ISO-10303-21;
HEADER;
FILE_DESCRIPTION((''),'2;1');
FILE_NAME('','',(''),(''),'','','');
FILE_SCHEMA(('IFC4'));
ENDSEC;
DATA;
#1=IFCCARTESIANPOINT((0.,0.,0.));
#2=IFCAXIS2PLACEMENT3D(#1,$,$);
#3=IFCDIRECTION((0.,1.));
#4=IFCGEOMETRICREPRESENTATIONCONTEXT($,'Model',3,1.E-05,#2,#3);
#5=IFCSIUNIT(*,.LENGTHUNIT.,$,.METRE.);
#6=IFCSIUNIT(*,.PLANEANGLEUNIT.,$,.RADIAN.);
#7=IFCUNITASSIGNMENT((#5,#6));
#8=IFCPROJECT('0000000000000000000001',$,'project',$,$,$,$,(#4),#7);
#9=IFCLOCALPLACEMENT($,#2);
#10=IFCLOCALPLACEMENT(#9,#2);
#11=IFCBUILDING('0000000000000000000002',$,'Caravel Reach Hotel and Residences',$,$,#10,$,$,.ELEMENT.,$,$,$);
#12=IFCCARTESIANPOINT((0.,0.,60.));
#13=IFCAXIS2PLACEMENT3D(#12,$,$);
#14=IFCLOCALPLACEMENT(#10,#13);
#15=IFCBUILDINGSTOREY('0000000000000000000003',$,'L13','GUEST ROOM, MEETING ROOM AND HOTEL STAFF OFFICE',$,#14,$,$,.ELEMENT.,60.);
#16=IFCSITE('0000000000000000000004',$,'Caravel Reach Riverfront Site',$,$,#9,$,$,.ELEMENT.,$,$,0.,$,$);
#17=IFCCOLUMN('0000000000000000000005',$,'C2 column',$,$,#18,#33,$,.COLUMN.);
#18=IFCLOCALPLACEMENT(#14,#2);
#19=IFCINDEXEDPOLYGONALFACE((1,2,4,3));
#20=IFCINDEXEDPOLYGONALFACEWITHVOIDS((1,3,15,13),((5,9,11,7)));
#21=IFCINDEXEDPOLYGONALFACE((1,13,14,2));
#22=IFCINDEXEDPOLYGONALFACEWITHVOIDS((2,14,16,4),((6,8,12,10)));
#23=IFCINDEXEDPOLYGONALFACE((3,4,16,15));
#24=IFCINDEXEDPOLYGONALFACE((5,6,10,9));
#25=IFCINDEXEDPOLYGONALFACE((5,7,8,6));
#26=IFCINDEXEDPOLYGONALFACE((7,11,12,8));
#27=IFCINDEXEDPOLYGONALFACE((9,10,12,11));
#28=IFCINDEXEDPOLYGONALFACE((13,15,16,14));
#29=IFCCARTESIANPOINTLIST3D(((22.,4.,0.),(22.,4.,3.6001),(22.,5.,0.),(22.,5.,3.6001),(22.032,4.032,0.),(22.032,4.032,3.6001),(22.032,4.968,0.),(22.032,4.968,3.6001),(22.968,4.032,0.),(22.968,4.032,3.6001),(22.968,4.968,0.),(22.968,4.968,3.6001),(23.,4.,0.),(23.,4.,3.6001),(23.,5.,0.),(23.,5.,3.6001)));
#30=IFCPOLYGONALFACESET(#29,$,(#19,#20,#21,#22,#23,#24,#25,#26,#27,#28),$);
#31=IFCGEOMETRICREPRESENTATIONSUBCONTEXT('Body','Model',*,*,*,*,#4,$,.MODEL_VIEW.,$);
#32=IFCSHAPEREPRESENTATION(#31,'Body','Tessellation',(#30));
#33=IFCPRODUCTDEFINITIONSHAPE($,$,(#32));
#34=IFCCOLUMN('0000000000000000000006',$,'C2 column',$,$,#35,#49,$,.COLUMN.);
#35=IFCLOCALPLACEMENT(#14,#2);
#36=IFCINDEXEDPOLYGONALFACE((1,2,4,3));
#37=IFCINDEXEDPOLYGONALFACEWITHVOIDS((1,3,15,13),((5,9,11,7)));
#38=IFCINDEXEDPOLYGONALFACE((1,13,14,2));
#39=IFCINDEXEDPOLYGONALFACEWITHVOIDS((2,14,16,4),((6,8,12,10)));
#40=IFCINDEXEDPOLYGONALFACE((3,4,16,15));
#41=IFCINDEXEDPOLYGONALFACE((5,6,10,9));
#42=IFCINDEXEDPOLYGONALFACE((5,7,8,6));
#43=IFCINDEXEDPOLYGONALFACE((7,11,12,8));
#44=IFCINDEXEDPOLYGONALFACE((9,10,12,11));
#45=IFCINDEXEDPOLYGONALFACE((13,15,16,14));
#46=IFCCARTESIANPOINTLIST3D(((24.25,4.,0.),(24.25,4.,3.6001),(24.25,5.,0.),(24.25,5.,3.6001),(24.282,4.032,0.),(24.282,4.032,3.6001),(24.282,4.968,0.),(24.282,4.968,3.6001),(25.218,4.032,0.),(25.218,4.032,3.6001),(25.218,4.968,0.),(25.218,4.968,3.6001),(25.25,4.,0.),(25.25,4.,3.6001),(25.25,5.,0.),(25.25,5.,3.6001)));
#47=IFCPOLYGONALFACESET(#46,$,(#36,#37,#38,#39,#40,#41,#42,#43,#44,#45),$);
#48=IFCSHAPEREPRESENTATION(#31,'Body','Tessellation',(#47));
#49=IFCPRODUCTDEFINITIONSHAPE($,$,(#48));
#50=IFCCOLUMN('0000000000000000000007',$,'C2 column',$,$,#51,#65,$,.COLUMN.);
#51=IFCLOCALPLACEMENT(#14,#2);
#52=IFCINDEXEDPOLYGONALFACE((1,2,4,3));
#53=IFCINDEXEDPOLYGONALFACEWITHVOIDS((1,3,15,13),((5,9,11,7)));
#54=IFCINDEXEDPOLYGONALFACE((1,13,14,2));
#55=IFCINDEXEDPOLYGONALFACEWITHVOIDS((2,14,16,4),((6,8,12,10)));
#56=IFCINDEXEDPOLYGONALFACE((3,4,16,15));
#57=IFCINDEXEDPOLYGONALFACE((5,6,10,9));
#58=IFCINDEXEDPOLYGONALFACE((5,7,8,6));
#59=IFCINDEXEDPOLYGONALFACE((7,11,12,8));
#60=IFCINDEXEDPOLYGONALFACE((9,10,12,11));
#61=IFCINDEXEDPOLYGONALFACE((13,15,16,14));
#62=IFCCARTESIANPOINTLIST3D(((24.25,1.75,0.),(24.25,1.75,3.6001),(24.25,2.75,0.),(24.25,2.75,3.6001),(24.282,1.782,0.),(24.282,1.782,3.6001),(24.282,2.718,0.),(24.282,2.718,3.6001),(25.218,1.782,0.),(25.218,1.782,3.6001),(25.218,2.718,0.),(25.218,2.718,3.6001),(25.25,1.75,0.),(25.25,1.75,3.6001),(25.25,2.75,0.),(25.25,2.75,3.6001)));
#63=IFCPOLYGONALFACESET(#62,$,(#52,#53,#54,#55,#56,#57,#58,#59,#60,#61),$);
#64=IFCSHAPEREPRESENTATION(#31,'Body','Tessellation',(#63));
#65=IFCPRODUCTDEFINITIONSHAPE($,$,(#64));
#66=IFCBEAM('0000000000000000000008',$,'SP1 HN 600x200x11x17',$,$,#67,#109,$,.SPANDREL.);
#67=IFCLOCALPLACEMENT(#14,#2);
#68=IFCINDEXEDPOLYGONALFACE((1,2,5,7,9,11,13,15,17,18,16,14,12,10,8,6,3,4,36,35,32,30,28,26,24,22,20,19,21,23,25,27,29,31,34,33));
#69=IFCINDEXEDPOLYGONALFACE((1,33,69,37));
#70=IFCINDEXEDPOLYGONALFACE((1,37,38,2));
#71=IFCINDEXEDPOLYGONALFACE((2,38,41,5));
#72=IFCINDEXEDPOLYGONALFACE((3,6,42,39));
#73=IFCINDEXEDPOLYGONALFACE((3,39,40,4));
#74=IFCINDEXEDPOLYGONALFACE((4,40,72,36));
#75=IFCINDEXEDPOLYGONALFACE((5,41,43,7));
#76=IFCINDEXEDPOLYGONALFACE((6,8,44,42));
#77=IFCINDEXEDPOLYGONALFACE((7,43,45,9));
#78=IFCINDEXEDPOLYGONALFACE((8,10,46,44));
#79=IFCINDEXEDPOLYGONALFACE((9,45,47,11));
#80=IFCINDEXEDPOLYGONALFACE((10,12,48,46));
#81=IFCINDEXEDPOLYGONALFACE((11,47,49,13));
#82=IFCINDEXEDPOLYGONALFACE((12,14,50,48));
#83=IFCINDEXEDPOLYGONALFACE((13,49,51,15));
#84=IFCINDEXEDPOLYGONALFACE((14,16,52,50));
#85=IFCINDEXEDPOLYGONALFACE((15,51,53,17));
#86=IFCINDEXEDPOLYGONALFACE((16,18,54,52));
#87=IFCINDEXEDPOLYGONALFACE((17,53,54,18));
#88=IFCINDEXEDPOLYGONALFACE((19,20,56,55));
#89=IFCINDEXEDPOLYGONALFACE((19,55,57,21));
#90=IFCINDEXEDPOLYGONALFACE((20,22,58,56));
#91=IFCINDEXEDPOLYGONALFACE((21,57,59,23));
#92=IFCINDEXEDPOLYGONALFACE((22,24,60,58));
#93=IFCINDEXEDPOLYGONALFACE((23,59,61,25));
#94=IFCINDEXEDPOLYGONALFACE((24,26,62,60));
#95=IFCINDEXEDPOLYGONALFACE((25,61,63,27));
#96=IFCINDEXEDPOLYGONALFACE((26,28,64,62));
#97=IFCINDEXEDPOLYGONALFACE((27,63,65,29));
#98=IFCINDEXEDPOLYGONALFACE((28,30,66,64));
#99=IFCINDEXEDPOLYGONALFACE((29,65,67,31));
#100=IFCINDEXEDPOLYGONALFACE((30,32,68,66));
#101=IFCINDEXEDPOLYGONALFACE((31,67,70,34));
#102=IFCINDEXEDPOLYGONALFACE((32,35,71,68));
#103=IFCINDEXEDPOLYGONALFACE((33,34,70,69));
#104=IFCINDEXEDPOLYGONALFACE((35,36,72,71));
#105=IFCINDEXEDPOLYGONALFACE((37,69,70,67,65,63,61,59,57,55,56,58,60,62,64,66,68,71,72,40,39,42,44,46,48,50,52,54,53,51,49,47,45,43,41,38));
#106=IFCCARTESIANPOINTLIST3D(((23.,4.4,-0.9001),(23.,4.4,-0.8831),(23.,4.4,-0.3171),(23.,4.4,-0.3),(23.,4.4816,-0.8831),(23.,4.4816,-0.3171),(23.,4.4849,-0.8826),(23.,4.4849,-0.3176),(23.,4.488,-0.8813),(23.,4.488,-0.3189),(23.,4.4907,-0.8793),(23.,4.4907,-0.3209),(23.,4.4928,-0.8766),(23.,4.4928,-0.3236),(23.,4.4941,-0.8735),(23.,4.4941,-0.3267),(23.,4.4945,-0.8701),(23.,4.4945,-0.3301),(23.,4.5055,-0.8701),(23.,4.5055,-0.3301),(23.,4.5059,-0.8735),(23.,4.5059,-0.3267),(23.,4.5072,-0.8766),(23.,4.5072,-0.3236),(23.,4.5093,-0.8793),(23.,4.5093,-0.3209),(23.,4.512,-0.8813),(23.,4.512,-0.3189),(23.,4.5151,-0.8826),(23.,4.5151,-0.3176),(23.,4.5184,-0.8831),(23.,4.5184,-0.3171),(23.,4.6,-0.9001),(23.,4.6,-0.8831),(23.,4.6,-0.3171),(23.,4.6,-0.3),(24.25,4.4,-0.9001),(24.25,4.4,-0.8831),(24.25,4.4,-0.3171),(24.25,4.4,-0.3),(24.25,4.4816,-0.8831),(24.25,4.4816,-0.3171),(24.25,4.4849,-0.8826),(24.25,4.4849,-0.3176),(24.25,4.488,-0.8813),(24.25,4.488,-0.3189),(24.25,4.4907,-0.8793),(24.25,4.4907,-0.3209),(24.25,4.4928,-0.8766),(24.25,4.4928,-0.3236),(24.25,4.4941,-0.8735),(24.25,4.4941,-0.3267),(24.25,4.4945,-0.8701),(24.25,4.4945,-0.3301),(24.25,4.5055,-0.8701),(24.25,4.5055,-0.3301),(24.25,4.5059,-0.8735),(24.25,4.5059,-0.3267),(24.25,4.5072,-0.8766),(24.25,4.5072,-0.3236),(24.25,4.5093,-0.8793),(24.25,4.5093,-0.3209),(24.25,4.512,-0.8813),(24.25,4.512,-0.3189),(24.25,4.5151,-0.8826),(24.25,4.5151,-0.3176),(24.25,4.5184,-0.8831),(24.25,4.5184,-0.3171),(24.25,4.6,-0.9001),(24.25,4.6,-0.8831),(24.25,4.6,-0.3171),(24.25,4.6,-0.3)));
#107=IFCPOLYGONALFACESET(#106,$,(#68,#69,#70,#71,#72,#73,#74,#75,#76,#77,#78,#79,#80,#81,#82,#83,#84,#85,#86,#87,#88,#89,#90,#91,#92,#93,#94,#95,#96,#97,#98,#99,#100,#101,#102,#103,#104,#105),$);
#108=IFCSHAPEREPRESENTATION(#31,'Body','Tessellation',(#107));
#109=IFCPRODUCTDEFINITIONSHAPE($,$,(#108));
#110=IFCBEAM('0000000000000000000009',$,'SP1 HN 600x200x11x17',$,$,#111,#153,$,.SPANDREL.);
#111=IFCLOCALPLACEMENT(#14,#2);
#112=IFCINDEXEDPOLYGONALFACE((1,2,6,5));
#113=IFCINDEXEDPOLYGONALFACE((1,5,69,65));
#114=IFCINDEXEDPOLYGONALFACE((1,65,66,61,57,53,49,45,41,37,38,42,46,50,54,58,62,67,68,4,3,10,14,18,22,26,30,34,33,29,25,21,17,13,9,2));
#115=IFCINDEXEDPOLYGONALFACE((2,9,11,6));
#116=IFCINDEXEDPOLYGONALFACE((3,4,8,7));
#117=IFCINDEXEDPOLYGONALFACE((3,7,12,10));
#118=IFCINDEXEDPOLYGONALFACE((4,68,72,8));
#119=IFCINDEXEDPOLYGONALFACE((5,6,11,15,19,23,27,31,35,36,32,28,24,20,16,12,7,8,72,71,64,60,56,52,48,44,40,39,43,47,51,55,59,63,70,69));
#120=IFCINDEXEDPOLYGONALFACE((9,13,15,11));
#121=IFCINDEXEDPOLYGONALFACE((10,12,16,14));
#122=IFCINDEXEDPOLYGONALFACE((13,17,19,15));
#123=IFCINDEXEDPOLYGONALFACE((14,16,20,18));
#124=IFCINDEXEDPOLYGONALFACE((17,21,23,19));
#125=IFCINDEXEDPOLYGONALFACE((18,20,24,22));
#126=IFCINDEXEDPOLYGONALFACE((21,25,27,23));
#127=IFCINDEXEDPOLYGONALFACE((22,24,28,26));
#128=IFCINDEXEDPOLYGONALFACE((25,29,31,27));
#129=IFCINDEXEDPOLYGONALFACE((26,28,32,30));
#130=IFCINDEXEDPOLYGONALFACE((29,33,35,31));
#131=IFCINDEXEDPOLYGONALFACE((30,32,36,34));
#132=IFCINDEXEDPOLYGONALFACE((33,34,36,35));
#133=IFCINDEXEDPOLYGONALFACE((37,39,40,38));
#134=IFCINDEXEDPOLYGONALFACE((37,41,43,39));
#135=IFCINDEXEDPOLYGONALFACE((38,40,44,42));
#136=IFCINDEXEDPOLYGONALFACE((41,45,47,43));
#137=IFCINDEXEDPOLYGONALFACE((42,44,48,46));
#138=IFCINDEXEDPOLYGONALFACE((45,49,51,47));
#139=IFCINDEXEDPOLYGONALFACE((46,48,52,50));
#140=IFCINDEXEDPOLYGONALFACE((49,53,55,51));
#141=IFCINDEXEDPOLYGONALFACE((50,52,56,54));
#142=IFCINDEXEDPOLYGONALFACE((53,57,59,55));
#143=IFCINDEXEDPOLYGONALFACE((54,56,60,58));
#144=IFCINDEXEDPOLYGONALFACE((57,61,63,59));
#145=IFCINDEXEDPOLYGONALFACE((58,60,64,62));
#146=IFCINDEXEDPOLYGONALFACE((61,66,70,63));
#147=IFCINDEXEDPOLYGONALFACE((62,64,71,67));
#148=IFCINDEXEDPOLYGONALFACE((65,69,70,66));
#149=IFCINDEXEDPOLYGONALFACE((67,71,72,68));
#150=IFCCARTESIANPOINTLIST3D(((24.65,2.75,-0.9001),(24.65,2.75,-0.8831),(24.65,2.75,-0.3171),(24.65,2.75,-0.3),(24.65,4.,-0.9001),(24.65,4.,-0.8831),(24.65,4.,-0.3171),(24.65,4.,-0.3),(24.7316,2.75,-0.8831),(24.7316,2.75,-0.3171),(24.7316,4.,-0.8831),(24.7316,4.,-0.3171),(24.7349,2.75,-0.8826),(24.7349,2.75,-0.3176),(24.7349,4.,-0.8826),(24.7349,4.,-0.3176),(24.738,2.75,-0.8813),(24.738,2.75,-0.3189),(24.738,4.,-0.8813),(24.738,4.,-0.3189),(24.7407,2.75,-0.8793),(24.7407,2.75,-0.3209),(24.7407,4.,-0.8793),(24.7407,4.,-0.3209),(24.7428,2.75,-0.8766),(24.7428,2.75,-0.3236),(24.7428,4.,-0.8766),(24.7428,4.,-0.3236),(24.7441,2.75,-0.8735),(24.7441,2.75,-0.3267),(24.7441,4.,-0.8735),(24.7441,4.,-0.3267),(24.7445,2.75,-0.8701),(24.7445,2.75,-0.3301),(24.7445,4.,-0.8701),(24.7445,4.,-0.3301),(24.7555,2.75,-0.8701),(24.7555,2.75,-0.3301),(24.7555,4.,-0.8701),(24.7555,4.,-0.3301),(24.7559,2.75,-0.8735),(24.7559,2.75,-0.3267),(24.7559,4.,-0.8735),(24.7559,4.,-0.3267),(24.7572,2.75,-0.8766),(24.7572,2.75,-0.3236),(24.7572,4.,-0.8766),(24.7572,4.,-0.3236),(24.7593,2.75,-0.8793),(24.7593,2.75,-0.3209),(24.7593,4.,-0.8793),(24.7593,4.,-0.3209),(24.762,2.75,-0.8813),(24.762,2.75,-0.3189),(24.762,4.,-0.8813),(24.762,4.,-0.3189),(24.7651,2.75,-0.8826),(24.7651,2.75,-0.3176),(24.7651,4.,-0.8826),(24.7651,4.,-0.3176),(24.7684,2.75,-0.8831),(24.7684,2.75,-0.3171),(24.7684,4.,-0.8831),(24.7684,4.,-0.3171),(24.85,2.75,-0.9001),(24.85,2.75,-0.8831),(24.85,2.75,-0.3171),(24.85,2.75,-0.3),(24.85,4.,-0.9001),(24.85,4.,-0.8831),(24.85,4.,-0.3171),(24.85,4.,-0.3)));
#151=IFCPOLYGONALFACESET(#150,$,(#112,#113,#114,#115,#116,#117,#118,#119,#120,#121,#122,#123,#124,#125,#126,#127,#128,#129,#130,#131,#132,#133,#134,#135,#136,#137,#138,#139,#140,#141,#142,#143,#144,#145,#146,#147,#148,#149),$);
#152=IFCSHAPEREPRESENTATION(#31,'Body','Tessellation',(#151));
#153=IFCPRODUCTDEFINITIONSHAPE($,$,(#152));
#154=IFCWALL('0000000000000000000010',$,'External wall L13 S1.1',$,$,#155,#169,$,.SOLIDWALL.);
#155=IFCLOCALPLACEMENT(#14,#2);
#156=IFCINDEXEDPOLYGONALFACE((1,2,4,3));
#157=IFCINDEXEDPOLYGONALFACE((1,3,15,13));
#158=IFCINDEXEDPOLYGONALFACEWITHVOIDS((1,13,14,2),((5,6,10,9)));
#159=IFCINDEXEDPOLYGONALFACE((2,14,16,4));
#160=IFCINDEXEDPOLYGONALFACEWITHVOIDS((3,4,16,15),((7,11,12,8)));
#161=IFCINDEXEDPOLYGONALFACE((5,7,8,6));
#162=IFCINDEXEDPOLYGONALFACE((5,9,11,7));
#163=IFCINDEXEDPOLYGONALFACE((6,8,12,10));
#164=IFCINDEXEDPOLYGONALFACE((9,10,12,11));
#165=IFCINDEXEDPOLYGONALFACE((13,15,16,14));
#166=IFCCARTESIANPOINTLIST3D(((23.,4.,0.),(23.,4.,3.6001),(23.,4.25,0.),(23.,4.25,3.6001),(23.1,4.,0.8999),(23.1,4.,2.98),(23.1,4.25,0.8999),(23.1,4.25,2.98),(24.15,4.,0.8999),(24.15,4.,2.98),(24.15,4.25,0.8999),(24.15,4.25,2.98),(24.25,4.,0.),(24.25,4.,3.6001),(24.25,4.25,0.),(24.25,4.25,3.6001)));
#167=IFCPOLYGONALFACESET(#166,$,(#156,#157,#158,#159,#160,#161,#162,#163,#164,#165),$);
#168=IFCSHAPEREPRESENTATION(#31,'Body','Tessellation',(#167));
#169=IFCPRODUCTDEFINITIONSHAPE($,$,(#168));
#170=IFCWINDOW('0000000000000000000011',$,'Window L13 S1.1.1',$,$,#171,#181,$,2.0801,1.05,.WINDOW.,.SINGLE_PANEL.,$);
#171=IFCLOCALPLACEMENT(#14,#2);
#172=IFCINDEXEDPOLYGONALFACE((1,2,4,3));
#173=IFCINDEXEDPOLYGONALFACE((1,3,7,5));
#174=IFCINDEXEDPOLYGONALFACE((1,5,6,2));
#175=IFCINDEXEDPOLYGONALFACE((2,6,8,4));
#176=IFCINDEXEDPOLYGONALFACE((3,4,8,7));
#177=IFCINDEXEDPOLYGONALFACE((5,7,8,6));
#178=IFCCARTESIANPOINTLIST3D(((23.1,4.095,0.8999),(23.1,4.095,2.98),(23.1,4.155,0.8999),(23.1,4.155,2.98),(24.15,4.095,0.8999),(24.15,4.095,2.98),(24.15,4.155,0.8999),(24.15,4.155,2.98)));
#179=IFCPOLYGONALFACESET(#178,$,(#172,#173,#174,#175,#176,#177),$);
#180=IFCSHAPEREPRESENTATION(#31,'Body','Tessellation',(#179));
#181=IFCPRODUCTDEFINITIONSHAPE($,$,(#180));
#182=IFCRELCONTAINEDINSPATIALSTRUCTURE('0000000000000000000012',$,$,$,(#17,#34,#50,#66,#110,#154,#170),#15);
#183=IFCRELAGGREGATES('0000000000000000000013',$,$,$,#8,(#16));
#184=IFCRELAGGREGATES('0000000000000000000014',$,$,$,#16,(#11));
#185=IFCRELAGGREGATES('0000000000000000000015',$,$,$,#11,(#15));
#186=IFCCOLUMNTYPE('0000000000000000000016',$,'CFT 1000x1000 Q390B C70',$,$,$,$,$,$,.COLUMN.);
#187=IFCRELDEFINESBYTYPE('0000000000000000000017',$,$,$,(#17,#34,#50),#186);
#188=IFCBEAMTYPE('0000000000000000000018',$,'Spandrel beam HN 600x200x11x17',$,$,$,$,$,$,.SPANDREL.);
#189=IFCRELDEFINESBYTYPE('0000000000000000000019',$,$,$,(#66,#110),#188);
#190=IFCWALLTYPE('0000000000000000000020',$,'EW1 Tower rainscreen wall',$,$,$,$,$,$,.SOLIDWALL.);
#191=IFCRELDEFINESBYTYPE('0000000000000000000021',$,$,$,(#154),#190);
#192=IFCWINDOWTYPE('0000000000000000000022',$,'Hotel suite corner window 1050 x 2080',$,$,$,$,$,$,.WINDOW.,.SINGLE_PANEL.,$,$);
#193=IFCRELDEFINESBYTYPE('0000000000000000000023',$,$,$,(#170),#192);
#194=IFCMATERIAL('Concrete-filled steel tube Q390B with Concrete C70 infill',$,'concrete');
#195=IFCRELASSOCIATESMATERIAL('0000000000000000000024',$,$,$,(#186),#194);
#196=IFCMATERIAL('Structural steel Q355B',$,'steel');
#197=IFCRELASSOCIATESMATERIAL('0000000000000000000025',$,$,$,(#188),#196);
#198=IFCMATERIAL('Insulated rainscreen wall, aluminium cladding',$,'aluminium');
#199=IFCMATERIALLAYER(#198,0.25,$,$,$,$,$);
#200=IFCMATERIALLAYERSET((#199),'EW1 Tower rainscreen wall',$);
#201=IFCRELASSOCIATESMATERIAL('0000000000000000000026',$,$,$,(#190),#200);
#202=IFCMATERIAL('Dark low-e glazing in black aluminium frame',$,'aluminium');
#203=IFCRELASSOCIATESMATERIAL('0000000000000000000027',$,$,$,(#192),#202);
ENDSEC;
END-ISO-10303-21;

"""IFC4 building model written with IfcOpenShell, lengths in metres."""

from ifc_helpers import new_model, si_unit, direction, frame, frame_2d, origin, origin_2d, place, context, subcontext, project, spatial, rectangle, hollow_rectangle, i_section, extrude, material, layer, layer_set, material_profile, profile_set, type_object, element, fill, save


model = new_model("IFC4")

# Units and contexts
model_context = context("Model", 3, precision=1e-05, world=origin(), true_north=direction((0.0, 1.0)))
body_context = subcontext(model_context, "Body", "Model", "MODEL_VIEW")
ifc_project = project(units=[si_unit("LENGTHUNIT", "METRE"), si_unit("PLANEANGLEUNIT", "RADIAN")], contexts=[model_context])

# Site, building, storey
site_placement = place(None, origin())
site = spatial("IfcSite", under=ifc_project, at=site_placement, Name="Caravel Reach Riverfront Site", CompositionType="ELEMENT", RefElevation=0.0)
building_placement = place(site_placement, origin())
building = spatial("IfcBuilding", under=site, at=building_placement, Name="Caravel Reach Hotel and Residences", CompositionType="ELEMENT")
storey_placement = place(building_placement, frame((0.0, 0.0, 60.0)))
storey = spatial("IfcBuildingStorey", under=building, at=storey_placement, Name="L13", Description="GUEST ROOM, MEETING ROOM AND HOTEL STAFF OFFICE", CompositionType="ELEMENT", Elevation=60.0)

# Columns
ifc_material_1 = material(Name="Concrete-filled steel tube Q390B with Concrete C70 infill", Category="concrete")
ifc_material_profile_1 = material_profile(ifc_material_1, hollow_rectangle(XDim=1.0, YDim=1.0, WallThickness=0.032, at=origin_2d()), Name="RHS 1000x1000x32")
ifc_profile_set_1 = profile_set([ifc_material_profile_1], Name="Concrete-filled steel tube Q390B with Concrete C70 infill")
column_type = type_object("IfcColumnType", Name="CFT 1000x1000 Q390B C70", PredefinedType="COLUMN", material=ifc_profile_set_1)
for number, where, z_axis, x_axis, name in (
    (1, (22.5, 4.5, 0.0), (0.0, 0.0, 1.0), (1.0, 0.0, 0.0), "C2 column"),
    (2, (24.75, 4.5, 0.0), (0.0, 0.0, 1.0), (1.0, 0.0, 0.0), "C2 column"),
    (3, (24.75, 2.25, 0.0), (0.0, 0.0, 1.0), (1.0, 0.0, 0.0), "C2 column"),
):
    element("IfcColumn", number, at=place(storey_placement, frame(where, z_axis=z_axis, x_axis=x_axis)), inside=storey, type_object=column_type, Name=name, PredefinedType="COLUMN", context=body_context, shape_type="SweptSolid", body=[
        extrude(hollow_rectangle(XDim=1.0, YDim=1.0, WallThickness=0.032, at=origin_2d()), origin(), (0.0, 0.0, 1.0), 3.6001),
    ])

# Beams
ifc_material_2 = material(Name="Structural steel Q355B", Category="steel")
ifc_material_profile_2 = material_profile(ifc_material_2, i_section(OverallWidth=0.2, OverallDepth=0.6001, WebThickness=0.011, FlangeThickness=0.0171, FilletRadius=0.0129, at=origin_2d()), Name="HN 600x200x11x17")
ifc_profile_set_2 = profile_set([ifc_material_profile_2], Name="Structural steel Q355B")
beam_type = type_object("IfcBeamType", Name="Spandrel beam HN 600x200x11x17", PredefinedType="SPANDREL", material=ifc_profile_set_2)
for number, where, z_axis, x_axis, name in (
    (4, (23.0, 4.5, -0.6001), (1.0, 0.0, 0.0), (0.0, 1.0, 0.0), "SP1 HN 600x200x11x17"),
    (5, (24.75, 4.0, -0.6001), (0.0, -1.0, 0.0), (1.0, 0.0, 0.0), "SP1 HN 600x200x11x17"),
):
    element("IfcBeam", number, at=place(storey_placement, frame(where, z_axis=z_axis, x_axis=x_axis)), inside=storey, type_object=beam_type, Name=name, PredefinedType="SPANDREL", context=body_context, shape_type="SweptSolid", body=[
        extrude(i_section(OverallWidth=0.2, OverallDepth=0.6001, WebThickness=0.011, FlangeThickness=0.0171, FilletRadius=0.0129, at=origin_2d()), origin(), (0.0, 0.0, 1.0), 1.25),
    ])

# Wall, opening, window
ifc_material_3 = material(Name="Insulated rainscreen wall, aluminium cladding", Category="aluminium")
ifc_layer_1 = layer(ifc_material_3, 0.25)
ifc_layer_set_1 = layer_set([ifc_layer_1], Name="EW1 Tower rainscreen wall")
wall_type_1 = type_object("IfcWallType", Name="EW1 Tower rainscreen wall", PredefinedType="SOLIDWALL", material=ifc_layer_set_1)
wall_1_placement = place(storey_placement, frame((23.0, 4.125, 0.0), z_axis=(0.0, 0.0, 1.0), x_axis=(1.0, 0.0, 0.0)))
wall_1 = element("IfcWall", 6, at=wall_1_placement, inside=storey, type_object=wall_type_1, Name="External wall L13 S1.1", PredefinedType="SOLIDWALL", context=body_context, shape_type="SweptSolid", body=[
    extrude(rectangle(XDim=1.25, YDim=0.25, at=frame_2d((0.625, 0.0))), origin(), (0.0, 0.0, 1.0), 3.6001),
])
opening_1_placement = place(wall_1_placement, frame((0.1001, 0.0, 0.8999)))
opening_1 = element("IfcOpeningElement", 7, at=opening_1_placement, cuts=wall_1, PredefinedType="OPENING", context=body_context, shape_type="SweptSolid", body=[
    extrude(rectangle(XDim=1.05, YDim=2.0801, at=frame_2d((0.5249, 1.04))), frame((0.0, 0.135, 0.0), z_axis=(0.0, -1.0, 0.0), x_axis=(1.0, 0.0, 0.0)), (0.0, 0.0, 1.0), 0.27),
])
ifc_material_4 = material(Name="Dark low-e glazing in black aluminium frame", Category="aluminium")
window_type = type_object("IfcWindowType", Name="Hotel suite corner window 1050 x 2080", PartitioningType="SINGLE_PANEL", PredefinedType="WINDOW", material=ifc_material_4)
window_1_placement = place(opening_1_placement, origin())
window_1 = element("IfcWindow", 8, at=window_1_placement, inside=storey, type_object=window_type, Name="Window L13 S1.1.1", OverallHeight=2.0801, OverallWidth=1.05, PartitioningType="SINGLE_PANEL", PredefinedType="WINDOW", context=body_context, shape_type="SweptSolid", body=[
    extrude(rectangle(XDim=1.05, YDim=2.0801, at=frame_2d((0.5249, 1.04))), frame((0.0, 0.03, 0.0), z_axis=(0.0, -1.0, 0.0), x_axis=(1.0, 0.0, 0.0)), (0.0, 0.0, 1.0), 0.0601),
])
fill(opening_1, window_1)

save(model, "model.ifc")
